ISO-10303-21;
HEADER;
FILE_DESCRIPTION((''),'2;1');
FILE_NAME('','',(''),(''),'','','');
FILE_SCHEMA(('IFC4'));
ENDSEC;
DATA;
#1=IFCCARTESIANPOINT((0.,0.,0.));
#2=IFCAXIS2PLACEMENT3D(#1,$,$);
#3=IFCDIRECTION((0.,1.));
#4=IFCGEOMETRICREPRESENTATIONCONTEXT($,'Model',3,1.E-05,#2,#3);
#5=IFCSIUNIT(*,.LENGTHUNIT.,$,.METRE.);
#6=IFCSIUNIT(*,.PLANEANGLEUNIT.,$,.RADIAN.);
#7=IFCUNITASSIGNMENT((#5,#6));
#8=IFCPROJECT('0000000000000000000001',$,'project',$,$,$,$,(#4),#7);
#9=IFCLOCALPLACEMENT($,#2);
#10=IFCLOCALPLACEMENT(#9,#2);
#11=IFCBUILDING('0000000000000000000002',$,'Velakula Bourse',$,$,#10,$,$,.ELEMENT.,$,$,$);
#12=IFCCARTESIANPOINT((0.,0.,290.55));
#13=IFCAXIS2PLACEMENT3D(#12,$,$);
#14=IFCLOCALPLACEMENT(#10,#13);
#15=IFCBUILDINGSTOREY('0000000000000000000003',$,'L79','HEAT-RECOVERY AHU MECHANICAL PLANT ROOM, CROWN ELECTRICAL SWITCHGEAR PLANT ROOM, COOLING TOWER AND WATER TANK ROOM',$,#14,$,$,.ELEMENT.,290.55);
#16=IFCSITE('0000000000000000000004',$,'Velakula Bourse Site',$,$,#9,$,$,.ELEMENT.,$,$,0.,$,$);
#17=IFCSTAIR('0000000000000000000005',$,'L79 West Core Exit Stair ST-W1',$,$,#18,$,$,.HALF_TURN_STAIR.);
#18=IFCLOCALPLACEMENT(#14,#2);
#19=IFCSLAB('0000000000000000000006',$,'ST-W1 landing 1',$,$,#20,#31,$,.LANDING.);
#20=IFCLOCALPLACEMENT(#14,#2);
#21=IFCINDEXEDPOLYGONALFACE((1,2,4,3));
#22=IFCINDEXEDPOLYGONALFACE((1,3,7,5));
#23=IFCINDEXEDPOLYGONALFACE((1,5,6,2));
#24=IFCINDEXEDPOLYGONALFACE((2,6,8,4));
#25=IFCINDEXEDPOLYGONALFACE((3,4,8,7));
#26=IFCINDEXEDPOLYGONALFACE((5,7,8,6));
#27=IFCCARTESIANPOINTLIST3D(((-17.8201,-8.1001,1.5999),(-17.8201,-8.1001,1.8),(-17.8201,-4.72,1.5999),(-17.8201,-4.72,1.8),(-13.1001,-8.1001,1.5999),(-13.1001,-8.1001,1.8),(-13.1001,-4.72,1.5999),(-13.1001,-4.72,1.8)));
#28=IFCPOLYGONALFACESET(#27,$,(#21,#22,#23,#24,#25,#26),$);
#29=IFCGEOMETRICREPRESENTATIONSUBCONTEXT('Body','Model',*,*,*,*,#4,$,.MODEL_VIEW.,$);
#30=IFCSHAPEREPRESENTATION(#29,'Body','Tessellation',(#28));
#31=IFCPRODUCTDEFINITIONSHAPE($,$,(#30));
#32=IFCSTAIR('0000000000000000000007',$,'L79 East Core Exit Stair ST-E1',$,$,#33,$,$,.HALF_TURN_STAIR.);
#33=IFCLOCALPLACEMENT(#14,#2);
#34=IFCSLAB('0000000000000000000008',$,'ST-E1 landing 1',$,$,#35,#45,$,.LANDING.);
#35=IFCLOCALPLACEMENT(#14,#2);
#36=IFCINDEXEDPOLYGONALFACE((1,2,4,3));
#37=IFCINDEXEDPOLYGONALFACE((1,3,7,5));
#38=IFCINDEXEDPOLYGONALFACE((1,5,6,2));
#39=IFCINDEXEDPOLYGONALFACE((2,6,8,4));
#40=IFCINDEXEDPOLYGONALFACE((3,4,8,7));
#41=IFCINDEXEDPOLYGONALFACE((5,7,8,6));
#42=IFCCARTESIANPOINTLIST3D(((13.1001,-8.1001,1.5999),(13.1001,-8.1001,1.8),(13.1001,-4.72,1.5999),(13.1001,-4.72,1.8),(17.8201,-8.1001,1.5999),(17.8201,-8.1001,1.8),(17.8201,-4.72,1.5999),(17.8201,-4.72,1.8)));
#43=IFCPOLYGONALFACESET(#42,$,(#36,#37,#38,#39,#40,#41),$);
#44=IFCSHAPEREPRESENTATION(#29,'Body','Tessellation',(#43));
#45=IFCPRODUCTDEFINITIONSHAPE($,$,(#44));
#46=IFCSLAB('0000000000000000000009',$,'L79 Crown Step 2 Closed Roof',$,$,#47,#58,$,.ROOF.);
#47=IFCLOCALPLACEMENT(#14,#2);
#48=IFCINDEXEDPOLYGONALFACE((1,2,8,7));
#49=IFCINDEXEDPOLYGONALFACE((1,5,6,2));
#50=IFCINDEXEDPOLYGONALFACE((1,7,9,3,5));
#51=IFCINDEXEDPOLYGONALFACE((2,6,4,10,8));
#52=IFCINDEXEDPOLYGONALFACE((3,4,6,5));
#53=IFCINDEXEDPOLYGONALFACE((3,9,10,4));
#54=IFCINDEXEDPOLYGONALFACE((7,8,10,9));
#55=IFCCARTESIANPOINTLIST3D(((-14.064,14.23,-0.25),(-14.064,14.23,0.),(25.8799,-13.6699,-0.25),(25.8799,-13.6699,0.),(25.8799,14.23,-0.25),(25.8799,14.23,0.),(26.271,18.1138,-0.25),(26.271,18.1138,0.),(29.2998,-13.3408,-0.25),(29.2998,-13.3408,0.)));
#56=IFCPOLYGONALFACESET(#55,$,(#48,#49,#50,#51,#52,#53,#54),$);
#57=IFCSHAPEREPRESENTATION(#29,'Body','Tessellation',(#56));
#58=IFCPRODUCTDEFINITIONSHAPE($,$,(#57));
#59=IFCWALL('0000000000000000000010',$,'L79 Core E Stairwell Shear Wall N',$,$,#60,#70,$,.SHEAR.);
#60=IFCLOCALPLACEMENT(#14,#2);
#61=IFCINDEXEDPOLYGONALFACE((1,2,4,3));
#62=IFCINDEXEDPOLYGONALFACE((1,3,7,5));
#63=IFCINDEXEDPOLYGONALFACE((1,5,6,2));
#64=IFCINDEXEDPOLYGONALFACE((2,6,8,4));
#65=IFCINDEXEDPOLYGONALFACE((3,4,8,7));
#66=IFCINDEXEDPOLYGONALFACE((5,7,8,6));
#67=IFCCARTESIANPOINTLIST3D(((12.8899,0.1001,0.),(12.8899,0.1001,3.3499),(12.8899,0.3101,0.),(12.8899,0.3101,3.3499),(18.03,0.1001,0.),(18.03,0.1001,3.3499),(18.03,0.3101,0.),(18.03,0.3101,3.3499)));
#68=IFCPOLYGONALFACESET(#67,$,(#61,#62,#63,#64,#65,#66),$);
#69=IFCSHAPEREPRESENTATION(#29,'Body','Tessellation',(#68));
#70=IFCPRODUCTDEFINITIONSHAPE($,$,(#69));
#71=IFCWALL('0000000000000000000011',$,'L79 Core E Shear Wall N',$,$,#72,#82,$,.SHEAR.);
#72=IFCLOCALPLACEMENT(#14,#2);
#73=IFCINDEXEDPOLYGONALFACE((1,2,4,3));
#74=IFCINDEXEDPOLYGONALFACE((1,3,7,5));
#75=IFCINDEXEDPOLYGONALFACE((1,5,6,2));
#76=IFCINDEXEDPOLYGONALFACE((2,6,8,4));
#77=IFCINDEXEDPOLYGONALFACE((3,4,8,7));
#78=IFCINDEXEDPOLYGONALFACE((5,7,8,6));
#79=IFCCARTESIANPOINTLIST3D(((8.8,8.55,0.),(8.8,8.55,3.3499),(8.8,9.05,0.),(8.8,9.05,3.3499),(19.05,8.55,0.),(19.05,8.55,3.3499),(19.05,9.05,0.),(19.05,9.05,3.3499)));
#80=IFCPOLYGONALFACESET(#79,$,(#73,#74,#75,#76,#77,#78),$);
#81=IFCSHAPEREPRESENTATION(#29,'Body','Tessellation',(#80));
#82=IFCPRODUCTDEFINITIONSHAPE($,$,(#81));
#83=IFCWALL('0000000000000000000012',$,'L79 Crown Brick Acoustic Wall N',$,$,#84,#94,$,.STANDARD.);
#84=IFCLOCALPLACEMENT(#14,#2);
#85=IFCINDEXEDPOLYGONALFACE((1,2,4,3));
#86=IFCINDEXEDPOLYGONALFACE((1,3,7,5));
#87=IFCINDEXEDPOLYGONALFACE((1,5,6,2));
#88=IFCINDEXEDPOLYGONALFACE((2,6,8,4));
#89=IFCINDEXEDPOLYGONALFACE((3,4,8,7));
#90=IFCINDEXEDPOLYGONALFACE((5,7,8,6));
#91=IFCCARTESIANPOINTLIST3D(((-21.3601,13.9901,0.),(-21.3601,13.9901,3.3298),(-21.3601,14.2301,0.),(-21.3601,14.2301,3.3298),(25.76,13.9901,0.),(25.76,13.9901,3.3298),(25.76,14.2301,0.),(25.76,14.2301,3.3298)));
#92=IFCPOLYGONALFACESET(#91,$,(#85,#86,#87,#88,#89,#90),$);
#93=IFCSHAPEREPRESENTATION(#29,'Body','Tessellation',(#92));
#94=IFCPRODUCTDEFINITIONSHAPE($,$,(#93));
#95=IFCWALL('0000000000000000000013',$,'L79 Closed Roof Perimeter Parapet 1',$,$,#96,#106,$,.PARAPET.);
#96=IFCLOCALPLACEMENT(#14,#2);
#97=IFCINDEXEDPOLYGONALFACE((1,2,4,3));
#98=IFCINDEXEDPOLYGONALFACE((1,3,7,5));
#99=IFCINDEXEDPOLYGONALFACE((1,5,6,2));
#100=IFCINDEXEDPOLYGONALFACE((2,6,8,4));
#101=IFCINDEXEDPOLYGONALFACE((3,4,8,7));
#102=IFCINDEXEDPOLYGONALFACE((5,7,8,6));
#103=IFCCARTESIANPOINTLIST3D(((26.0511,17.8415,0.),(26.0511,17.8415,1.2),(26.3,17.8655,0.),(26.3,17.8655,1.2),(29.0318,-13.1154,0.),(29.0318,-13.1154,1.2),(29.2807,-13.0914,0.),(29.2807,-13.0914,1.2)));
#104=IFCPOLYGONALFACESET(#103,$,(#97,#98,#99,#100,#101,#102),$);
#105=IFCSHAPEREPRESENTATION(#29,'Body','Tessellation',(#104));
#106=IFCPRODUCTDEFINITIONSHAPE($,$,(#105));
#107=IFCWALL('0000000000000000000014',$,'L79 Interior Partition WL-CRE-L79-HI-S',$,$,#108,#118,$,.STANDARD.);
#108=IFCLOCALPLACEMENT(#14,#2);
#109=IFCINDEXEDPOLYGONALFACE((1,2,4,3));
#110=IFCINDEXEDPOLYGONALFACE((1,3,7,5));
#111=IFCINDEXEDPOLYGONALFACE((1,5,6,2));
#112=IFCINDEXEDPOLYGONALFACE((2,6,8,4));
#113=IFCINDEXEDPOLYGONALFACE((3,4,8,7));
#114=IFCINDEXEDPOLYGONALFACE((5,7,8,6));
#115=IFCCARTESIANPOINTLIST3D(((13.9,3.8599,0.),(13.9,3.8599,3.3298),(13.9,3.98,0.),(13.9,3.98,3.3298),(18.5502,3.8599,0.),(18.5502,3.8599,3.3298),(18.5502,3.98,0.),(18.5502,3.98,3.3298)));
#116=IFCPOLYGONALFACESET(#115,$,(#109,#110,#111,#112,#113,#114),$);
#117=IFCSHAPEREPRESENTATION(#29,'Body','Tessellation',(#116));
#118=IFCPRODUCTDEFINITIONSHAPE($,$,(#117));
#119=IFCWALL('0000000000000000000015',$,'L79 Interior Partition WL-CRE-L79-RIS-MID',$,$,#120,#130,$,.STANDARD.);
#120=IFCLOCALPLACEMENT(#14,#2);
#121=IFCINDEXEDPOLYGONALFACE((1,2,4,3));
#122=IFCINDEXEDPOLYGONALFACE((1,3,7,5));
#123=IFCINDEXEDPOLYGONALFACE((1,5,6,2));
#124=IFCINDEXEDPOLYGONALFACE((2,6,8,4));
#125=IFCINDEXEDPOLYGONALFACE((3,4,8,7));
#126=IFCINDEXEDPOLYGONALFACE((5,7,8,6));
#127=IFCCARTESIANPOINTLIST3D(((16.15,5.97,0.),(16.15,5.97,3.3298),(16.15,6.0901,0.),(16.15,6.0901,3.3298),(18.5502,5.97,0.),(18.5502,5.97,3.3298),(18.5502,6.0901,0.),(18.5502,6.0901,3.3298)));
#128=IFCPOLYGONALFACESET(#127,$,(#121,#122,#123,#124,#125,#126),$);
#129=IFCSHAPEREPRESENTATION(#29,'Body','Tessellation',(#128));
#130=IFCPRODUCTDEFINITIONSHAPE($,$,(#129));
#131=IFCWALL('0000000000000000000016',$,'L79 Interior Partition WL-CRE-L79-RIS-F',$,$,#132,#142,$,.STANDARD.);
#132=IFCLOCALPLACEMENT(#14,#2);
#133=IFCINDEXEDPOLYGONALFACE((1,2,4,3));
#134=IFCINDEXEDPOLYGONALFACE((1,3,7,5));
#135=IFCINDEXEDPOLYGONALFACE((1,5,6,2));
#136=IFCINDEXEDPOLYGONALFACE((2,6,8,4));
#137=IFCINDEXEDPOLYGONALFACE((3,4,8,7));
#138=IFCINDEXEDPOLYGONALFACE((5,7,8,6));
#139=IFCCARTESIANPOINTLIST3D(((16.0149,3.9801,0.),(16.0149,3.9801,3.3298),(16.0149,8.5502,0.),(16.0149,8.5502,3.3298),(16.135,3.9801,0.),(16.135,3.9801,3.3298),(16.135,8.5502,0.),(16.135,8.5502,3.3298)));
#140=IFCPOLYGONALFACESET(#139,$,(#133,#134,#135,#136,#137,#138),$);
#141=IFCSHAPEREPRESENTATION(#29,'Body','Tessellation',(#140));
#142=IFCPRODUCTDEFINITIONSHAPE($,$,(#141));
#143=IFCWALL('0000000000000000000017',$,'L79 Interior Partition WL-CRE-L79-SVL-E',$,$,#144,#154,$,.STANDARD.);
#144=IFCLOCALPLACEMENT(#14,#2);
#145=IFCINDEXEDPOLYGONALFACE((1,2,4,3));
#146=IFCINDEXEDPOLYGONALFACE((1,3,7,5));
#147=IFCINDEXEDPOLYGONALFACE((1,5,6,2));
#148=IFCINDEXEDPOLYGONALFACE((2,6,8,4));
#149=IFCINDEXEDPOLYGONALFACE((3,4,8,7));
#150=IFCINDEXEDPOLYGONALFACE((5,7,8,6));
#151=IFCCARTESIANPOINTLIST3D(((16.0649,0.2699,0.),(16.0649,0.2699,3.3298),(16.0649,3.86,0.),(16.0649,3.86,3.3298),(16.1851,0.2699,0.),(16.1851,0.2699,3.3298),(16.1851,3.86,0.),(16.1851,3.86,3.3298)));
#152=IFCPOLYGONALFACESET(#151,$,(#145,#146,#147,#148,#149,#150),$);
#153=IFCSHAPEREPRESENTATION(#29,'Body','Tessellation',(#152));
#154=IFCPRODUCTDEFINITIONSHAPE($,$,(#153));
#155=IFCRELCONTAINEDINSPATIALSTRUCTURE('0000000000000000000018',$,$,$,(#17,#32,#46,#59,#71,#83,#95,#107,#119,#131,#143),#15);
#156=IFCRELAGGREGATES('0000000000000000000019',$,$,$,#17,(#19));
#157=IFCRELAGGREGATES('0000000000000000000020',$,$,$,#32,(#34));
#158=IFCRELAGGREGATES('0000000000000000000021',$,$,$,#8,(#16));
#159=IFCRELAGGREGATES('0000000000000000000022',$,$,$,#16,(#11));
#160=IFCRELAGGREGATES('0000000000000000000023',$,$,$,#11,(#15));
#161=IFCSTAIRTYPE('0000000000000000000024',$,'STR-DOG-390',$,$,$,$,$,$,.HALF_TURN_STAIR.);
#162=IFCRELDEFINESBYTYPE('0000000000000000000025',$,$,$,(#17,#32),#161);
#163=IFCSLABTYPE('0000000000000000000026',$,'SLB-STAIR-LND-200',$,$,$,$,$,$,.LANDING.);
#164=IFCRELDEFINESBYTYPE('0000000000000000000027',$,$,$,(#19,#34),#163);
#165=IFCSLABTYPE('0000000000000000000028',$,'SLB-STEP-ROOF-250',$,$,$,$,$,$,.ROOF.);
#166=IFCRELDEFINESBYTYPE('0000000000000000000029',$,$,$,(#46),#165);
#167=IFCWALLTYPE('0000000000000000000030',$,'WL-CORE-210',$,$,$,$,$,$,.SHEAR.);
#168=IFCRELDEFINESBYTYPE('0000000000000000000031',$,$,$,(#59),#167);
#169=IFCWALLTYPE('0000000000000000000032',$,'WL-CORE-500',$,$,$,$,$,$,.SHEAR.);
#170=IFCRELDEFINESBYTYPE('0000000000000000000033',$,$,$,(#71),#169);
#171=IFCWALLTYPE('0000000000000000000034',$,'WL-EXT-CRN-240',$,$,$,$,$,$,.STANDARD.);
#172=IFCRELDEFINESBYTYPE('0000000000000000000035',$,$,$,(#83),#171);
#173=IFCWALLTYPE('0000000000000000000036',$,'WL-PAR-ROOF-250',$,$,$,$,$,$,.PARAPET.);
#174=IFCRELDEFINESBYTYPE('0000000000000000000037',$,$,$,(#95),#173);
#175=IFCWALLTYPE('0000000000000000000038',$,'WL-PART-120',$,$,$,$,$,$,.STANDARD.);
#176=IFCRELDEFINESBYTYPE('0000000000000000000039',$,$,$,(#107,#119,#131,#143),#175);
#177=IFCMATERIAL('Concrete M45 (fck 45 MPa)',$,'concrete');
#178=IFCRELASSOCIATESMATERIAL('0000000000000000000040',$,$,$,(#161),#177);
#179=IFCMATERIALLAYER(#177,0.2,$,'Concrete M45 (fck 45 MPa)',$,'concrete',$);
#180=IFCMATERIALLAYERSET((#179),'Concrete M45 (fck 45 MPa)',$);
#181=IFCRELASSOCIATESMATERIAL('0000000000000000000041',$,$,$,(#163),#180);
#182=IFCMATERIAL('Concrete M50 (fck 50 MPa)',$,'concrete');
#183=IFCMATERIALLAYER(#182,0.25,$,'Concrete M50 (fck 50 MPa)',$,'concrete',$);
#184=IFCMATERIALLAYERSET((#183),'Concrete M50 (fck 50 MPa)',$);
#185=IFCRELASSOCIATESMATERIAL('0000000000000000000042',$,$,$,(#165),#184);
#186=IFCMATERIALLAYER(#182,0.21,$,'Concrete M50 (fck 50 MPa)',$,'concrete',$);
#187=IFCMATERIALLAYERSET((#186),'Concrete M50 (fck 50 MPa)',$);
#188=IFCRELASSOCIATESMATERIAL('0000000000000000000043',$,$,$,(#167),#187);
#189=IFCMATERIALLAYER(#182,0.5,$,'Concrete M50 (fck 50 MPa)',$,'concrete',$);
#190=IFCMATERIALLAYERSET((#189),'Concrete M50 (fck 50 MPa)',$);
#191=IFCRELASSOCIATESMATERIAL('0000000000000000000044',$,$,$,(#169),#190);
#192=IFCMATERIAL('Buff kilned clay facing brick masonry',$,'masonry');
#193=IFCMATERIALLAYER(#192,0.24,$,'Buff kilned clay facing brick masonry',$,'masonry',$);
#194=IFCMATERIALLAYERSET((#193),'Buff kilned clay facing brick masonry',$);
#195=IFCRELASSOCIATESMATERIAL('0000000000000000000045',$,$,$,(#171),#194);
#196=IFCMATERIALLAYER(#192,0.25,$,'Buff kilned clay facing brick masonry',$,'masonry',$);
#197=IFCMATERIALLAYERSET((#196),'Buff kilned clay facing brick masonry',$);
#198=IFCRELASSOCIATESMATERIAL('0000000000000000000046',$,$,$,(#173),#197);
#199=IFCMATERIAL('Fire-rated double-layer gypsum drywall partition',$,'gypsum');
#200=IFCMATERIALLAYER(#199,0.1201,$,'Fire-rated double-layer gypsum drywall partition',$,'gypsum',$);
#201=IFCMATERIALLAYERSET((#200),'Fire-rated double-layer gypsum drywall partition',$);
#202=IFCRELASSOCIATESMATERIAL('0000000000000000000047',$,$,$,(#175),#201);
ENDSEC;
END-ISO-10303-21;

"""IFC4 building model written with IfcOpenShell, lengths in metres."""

from ifc_helpers import new_model, si_unit, direction, frame, frame_2d, origin, place, context, subcontext, project, spatial, polyline, rectangle, outline, extrude, material, layer, layer_set, type_object, element, aggregate, save


model = new_model("IFC4")

# Units and contexts
model_context = context("Model", 3, precision=1e-05, world=origin(), true_north=direction((0.0, 1.0)))
body_context = subcontext(model_context, "Body", "Model", "MODEL_VIEW")
ifc_project = project(units=[si_unit("LENGTHUNIT", "METRE"), si_unit("PLANEANGLEUNIT", "RADIAN")], contexts=[model_context])

# Site, building, storey
site_placement = place(None, origin())
site = spatial("IfcSite", under=ifc_project, at=site_placement, Name="Velakula Bourse Site", CompositionType="ELEMENT", RefElevation=0.0)
building_placement = place(site_placement, origin())
building = spatial("IfcBuilding", under=site, at=building_placement, Name="Velakula Bourse", CompositionType="ELEMENT")
storey_placement = place(building_placement, frame((0.0, 0.0, 290.55)))
storey = spatial("IfcBuildingStorey", under=building, at=storey_placement, Name="L79", Description="HEAT-RECOVERY AHU MECHANICAL PLANT ROOM, CROWN ELECTRICAL SWITCHGEAR PLANT ROOM, COOLING TOWER AND WATER TANK ROOM", CompositionType="ELEMENT", Elevation=290.55)

# Shared definitions
ifc_material_1 = material(Name="Concrete M50 (fck 50 MPa)", Category="concrete")

# Stairs, slabs
ifc_material_2 = material(Name="Concrete M45 (fck 45 MPa)", Category="concrete")
stair_type = type_object("IfcStairType", Name="STR-DOG-390", PredefinedType="HALF_TURN_STAIR", material=ifc_material_2)
stair_1_placement = place(storey_placement, origin())
stair_1 = element("IfcStair", 1, at=stair_1_placement, inside=storey, type_object=stair_type, Name="L79 West Core Exit Stair ST-W1", PredefinedType="HALF_TURN_STAIR")
ifc_layer_1 = layer(ifc_material_2, 0.2, Name="Concrete M45 (fck 45 MPa)", Category="concrete")
ifc_layer_set_1 = layer_set([ifc_layer_1], Name="Concrete M45 (fck 45 MPa)")
slab_type_1 = type_object("IfcSlabType", Name="SLB-STAIR-LND-200", PredefinedType="LANDING", material=ifc_layer_set_1)
slab_1_placement = place(storey_placement, frame((0.0, 0.0, 1.5999)))
slab_1 = element("IfcSlab", 2, at=slab_1_placement, type_object=slab_type_1, Name="ST-W1 landing 1", PredefinedType="LANDING", context=body_context, shape_type="SweptSolid", body=[
    extrude(outline(polyline([(-17.8201, -4.72), (-17.8201, -8.1001), (-13.1001, -8.1001), (-13.1001, -4.72), (-17.8201, -4.72)])), origin(), (0.0, 0.0, 1.0), 0.2002),
])
aggregate(stair_1, [slab_1])
stair_2_placement = place(storey_placement, origin())
stair_2 = element("IfcStair", 3, at=stair_2_placement, inside=storey, type_object=stair_type, Name="L79 East Core Exit Stair ST-E1", PredefinedType="HALF_TURN_STAIR")
slab_2_placement = place(storey_placement, frame((0.0, 0.0, 1.5999)))
slab_2 = element("IfcSlab", 4, at=slab_2_placement, type_object=slab_type_1, Name="ST-E1 landing 1", PredefinedType="LANDING", context=body_context, shape_type="SweptSolid", body=[
    extrude(outline(polyline([(13.1001, -4.72), (13.1001, -8.1001), (17.8201, -8.1001), (17.8201, -4.72), (13.1001, -4.72)])), origin(), (0.0, 0.0, 1.0), 0.2002),
])
aggregate(stair_2, [slab_2])

# Slab
ifc_layer_2 = layer(ifc_material_1, 0.25, Name="Concrete M50 (fck 50 MPa)", Category="concrete")
ifc_layer_set_2 = layer_set([ifc_layer_2], Name="Concrete M50 (fck 50 MPa)")
slab_type_2 = type_object("IfcSlabType", Name="SLB-STEP-ROOF-250", PredefinedType="ROOF", material=ifc_layer_set_2)
slab_3_placement = place(storey_placement, frame((0.0, 0.0, -0.25)))
element("IfcSlab", 5, at=slab_3_placement, inside=storey, type_object=slab_type_2, Name="L79 Crown Step 2 Closed Roof", PredefinedType="ROOF", context=body_context, shape_type="SweptSolid", body=[
    extrude(outline(polyline([(26.271, 18.1138), (29.2998, -13.3408), (25.8799, -13.6699), (25.8799, 14.23), (-14.064, 14.23), (26.271, 18.1138)])), origin(), (0.0, 0.0, 1.0), 0.25),
])

# Walls
ifc_layer_3 = layer(ifc_material_1, 0.21, Name="Concrete M50 (fck 50 MPa)", Category="concrete")
ifc_layer_set_3 = layer_set([ifc_layer_3], Name="Concrete M50 (fck 50 MPa)")
wall_type_1 = type_object("IfcWallType", Name="WL-CORE-210", PredefinedType="SHEAR", material=ifc_layer_set_3)
wall_1_placement = place(storey_placement, frame((18.03, 0.2051, 0.0), z_axis=(0.0, 0.0, 1.0), x_axis=(-1.0, 0.0, 0.0)))
element("IfcWall", 6, at=wall_1_placement, inside=storey, type_object=wall_type_1, Name="L79 Core E Stairwell Shear Wall N", PredefinedType="SHEAR", context=body_context, shape_type="SweptSolid", body=[
    extrude(rectangle(XDim=5.1401, YDim=0.21, at=frame_2d((2.5701, 0.0))), origin(), (0.0, 0.0, 1.0), 3.3499),
])
ifc_layer_4 = layer(ifc_material_1, 0.5, Name="Concrete M50 (fck 50 MPa)", Category="concrete")
ifc_layer_set_4 = layer_set([ifc_layer_4], Name="Concrete M50 (fck 50 MPa)")
wall_type_2 = type_object("IfcWallType", Name="WL-CORE-500", PredefinedType="SHEAR", material=ifc_layer_set_4)
wall_2_placement = place(storey_placement, frame((8.8, 8.8, 0.0), z_axis=(0.0, 0.0, 1.0), x_axis=(1.0, 0.0, 0.0)))
element("IfcWall", 7, at=wall_2_placement, inside=storey, type_object=wall_type_2, Name="L79 Core E Shear Wall N", PredefinedType="SHEAR", context=body_context, shape_type="SweptSolid", body=[
    extrude(rectangle(XDim=10.25, YDim=0.5, at=frame_2d((5.125, 0.0))), origin(), (0.0, 0.0, 1.0), 3.3499),
])
ifc_material_3 = material(Name="Buff kilned clay facing brick masonry", Category="masonry")
ifc_layer_5 = layer(ifc_material_3, 0.24, Name="Buff kilned clay facing brick masonry", Category="masonry")
ifc_layer_set_5 = layer_set([ifc_layer_5], Name="Buff kilned clay facing brick masonry")
wall_type_3 = type_object("IfcWallType", Name="WL-EXT-CRN-240", PredefinedType="STANDARD", material=ifc_layer_set_5)
wall_3_placement = place(storey_placement, frame((25.76, 14.1101, 0.0), z_axis=(0.0, 0.0, 1.0), x_axis=(-1.0, 0.0, 0.0)))
element("IfcWall", 8, at=wall_3_placement, inside=storey, type_object=wall_type_3, Name="L79 Crown Brick Acoustic Wall N", PredefinedType="STANDARD", context=body_context, shape_type="SweptSolid", body=[
    extrude(rectangle(XDim=47.1201, YDim=0.24, at=frame_2d((23.5601, 0.0))), origin(), (0.0, 0.0, 1.0), 3.3298),
])
ifc_layer_6 = layer(ifc_material_3, 0.25, Name="Buff kilned clay facing brick masonry", Category="masonry")
ifc_layer_set_6 = layer_set([ifc_layer_6], Name="Buff kilned clay facing brick masonry")
wall_type_4 = type_object("IfcWallType", Name="WL-PAR-ROOF-250", PredefinedType="PARAPET", material=ifc_layer_set_6)
wall_4_placement = place(storey_placement, frame((26.1755, 17.8535, 0.0), z_axis=(0.0, 0.0, 1.0), x_axis=(0.095842, -0.995397, 0.0)))
element("IfcWall", 9, at=wall_4_placement, inside=storey, type_object=wall_type_4, Name="L79 Closed Roof Perimeter Parapet 1", PredefinedType="PARAPET", context=body_context, shape_type="SweptSolid", body=[
    extrude(rectangle(XDim=31.1001, YDim=0.25, at=frame_2d((15.55, 0.0))), origin(), (0.0, 0.0, 1.0), 1.2),
])
ifc_material_4 = material(Name="Fire-rated double-layer gypsum drywall partition", Category="gypsum")
ifc_layer_7 = layer(ifc_material_4, 0.1201, Name="Fire-rated double-layer gypsum drywall partition", Category="gypsum")
ifc_layer_set_7 = layer_set([ifc_layer_7], Name="Fire-rated double-layer gypsum drywall partition")
wall_type_5 = type_object("IfcWallType", Name="WL-PART-120", PredefinedType="STANDARD", material=ifc_layer_set_7)
wall_5_placement = place(storey_placement, frame((13.8999, 3.9199, 0.0), z_axis=(0.0, 0.0, 1.0), x_axis=(1.0, 0.0, 0.0)))
element("IfcWall", 10, at=wall_5_placement, inside=storey, type_object=wall_type_5, Name="L79 Interior Partition WL-CRE-L79-HI-S", PredefinedType="STANDARD", context=body_context, shape_type="SweptSolid", body=[
    extrude(rectangle(XDim=4.6501, YDim=0.1201, at=frame_2d((2.3252, 0.0))), origin(), (0.0, 0.0, 1.0), 3.3298),
])
wall_6_placement = place(storey_placement, frame((16.1499, 6.03, 0.0), z_axis=(0.0, 0.0, 1.0), x_axis=(1.0, 0.0, 0.0)))
element("IfcWall", 11, at=wall_6_placement, inside=storey, type_object=wall_type_5, Name="L79 Interior Partition WL-CRE-L79-RIS-MID", PredefinedType="STANDARD", context=body_context, shape_type="SweptSolid", body=[
    extrude(rectangle(XDim=2.4001, YDim=0.1201, at=frame_2d((1.2002, 0.0))), origin(), (0.0, 0.0, 1.0), 3.3298),
])
wall_7_placement = place(storey_placement, frame((16.075, 3.98, 0.0), z_axis=(0.0, 0.0, 1.0), x_axis=(0.0, 1.0, 0.0)))
element("IfcWall", 12, at=wall_7_placement, inside=storey, type_object=wall_type_5, Name="L79 Interior Partition WL-CRE-L79-RIS-F", PredefinedType="STANDARD", context=body_context, shape_type="SweptSolid", body=[
    extrude(rectangle(XDim=4.5701, YDim=0.1201, at=frame_2d((2.2852, 0.0))), origin(), (0.0, 0.0, 1.0), 3.3298),
])
wall_8_placement = place(storey_placement, frame((16.125, 0.27, 0.0), z_axis=(0.0, 0.0, 1.0), x_axis=(0.0, 1.0, 0.0)))
element("IfcWall", 13, at=wall_8_placement, inside=storey, type_object=wall_type_5, Name="L79 Interior Partition WL-CRE-L79-SVL-E", PredefinedType="STANDARD", context=body_context, shape_type="SweptSolid", body=[
    extrude(rectangle(XDim=3.5901, YDim=0.1201, at=frame_2d((1.7949, 0.0))), origin(), (0.0, 0.0, 1.0), 3.3298),
])

save(model, "model.ifc")
